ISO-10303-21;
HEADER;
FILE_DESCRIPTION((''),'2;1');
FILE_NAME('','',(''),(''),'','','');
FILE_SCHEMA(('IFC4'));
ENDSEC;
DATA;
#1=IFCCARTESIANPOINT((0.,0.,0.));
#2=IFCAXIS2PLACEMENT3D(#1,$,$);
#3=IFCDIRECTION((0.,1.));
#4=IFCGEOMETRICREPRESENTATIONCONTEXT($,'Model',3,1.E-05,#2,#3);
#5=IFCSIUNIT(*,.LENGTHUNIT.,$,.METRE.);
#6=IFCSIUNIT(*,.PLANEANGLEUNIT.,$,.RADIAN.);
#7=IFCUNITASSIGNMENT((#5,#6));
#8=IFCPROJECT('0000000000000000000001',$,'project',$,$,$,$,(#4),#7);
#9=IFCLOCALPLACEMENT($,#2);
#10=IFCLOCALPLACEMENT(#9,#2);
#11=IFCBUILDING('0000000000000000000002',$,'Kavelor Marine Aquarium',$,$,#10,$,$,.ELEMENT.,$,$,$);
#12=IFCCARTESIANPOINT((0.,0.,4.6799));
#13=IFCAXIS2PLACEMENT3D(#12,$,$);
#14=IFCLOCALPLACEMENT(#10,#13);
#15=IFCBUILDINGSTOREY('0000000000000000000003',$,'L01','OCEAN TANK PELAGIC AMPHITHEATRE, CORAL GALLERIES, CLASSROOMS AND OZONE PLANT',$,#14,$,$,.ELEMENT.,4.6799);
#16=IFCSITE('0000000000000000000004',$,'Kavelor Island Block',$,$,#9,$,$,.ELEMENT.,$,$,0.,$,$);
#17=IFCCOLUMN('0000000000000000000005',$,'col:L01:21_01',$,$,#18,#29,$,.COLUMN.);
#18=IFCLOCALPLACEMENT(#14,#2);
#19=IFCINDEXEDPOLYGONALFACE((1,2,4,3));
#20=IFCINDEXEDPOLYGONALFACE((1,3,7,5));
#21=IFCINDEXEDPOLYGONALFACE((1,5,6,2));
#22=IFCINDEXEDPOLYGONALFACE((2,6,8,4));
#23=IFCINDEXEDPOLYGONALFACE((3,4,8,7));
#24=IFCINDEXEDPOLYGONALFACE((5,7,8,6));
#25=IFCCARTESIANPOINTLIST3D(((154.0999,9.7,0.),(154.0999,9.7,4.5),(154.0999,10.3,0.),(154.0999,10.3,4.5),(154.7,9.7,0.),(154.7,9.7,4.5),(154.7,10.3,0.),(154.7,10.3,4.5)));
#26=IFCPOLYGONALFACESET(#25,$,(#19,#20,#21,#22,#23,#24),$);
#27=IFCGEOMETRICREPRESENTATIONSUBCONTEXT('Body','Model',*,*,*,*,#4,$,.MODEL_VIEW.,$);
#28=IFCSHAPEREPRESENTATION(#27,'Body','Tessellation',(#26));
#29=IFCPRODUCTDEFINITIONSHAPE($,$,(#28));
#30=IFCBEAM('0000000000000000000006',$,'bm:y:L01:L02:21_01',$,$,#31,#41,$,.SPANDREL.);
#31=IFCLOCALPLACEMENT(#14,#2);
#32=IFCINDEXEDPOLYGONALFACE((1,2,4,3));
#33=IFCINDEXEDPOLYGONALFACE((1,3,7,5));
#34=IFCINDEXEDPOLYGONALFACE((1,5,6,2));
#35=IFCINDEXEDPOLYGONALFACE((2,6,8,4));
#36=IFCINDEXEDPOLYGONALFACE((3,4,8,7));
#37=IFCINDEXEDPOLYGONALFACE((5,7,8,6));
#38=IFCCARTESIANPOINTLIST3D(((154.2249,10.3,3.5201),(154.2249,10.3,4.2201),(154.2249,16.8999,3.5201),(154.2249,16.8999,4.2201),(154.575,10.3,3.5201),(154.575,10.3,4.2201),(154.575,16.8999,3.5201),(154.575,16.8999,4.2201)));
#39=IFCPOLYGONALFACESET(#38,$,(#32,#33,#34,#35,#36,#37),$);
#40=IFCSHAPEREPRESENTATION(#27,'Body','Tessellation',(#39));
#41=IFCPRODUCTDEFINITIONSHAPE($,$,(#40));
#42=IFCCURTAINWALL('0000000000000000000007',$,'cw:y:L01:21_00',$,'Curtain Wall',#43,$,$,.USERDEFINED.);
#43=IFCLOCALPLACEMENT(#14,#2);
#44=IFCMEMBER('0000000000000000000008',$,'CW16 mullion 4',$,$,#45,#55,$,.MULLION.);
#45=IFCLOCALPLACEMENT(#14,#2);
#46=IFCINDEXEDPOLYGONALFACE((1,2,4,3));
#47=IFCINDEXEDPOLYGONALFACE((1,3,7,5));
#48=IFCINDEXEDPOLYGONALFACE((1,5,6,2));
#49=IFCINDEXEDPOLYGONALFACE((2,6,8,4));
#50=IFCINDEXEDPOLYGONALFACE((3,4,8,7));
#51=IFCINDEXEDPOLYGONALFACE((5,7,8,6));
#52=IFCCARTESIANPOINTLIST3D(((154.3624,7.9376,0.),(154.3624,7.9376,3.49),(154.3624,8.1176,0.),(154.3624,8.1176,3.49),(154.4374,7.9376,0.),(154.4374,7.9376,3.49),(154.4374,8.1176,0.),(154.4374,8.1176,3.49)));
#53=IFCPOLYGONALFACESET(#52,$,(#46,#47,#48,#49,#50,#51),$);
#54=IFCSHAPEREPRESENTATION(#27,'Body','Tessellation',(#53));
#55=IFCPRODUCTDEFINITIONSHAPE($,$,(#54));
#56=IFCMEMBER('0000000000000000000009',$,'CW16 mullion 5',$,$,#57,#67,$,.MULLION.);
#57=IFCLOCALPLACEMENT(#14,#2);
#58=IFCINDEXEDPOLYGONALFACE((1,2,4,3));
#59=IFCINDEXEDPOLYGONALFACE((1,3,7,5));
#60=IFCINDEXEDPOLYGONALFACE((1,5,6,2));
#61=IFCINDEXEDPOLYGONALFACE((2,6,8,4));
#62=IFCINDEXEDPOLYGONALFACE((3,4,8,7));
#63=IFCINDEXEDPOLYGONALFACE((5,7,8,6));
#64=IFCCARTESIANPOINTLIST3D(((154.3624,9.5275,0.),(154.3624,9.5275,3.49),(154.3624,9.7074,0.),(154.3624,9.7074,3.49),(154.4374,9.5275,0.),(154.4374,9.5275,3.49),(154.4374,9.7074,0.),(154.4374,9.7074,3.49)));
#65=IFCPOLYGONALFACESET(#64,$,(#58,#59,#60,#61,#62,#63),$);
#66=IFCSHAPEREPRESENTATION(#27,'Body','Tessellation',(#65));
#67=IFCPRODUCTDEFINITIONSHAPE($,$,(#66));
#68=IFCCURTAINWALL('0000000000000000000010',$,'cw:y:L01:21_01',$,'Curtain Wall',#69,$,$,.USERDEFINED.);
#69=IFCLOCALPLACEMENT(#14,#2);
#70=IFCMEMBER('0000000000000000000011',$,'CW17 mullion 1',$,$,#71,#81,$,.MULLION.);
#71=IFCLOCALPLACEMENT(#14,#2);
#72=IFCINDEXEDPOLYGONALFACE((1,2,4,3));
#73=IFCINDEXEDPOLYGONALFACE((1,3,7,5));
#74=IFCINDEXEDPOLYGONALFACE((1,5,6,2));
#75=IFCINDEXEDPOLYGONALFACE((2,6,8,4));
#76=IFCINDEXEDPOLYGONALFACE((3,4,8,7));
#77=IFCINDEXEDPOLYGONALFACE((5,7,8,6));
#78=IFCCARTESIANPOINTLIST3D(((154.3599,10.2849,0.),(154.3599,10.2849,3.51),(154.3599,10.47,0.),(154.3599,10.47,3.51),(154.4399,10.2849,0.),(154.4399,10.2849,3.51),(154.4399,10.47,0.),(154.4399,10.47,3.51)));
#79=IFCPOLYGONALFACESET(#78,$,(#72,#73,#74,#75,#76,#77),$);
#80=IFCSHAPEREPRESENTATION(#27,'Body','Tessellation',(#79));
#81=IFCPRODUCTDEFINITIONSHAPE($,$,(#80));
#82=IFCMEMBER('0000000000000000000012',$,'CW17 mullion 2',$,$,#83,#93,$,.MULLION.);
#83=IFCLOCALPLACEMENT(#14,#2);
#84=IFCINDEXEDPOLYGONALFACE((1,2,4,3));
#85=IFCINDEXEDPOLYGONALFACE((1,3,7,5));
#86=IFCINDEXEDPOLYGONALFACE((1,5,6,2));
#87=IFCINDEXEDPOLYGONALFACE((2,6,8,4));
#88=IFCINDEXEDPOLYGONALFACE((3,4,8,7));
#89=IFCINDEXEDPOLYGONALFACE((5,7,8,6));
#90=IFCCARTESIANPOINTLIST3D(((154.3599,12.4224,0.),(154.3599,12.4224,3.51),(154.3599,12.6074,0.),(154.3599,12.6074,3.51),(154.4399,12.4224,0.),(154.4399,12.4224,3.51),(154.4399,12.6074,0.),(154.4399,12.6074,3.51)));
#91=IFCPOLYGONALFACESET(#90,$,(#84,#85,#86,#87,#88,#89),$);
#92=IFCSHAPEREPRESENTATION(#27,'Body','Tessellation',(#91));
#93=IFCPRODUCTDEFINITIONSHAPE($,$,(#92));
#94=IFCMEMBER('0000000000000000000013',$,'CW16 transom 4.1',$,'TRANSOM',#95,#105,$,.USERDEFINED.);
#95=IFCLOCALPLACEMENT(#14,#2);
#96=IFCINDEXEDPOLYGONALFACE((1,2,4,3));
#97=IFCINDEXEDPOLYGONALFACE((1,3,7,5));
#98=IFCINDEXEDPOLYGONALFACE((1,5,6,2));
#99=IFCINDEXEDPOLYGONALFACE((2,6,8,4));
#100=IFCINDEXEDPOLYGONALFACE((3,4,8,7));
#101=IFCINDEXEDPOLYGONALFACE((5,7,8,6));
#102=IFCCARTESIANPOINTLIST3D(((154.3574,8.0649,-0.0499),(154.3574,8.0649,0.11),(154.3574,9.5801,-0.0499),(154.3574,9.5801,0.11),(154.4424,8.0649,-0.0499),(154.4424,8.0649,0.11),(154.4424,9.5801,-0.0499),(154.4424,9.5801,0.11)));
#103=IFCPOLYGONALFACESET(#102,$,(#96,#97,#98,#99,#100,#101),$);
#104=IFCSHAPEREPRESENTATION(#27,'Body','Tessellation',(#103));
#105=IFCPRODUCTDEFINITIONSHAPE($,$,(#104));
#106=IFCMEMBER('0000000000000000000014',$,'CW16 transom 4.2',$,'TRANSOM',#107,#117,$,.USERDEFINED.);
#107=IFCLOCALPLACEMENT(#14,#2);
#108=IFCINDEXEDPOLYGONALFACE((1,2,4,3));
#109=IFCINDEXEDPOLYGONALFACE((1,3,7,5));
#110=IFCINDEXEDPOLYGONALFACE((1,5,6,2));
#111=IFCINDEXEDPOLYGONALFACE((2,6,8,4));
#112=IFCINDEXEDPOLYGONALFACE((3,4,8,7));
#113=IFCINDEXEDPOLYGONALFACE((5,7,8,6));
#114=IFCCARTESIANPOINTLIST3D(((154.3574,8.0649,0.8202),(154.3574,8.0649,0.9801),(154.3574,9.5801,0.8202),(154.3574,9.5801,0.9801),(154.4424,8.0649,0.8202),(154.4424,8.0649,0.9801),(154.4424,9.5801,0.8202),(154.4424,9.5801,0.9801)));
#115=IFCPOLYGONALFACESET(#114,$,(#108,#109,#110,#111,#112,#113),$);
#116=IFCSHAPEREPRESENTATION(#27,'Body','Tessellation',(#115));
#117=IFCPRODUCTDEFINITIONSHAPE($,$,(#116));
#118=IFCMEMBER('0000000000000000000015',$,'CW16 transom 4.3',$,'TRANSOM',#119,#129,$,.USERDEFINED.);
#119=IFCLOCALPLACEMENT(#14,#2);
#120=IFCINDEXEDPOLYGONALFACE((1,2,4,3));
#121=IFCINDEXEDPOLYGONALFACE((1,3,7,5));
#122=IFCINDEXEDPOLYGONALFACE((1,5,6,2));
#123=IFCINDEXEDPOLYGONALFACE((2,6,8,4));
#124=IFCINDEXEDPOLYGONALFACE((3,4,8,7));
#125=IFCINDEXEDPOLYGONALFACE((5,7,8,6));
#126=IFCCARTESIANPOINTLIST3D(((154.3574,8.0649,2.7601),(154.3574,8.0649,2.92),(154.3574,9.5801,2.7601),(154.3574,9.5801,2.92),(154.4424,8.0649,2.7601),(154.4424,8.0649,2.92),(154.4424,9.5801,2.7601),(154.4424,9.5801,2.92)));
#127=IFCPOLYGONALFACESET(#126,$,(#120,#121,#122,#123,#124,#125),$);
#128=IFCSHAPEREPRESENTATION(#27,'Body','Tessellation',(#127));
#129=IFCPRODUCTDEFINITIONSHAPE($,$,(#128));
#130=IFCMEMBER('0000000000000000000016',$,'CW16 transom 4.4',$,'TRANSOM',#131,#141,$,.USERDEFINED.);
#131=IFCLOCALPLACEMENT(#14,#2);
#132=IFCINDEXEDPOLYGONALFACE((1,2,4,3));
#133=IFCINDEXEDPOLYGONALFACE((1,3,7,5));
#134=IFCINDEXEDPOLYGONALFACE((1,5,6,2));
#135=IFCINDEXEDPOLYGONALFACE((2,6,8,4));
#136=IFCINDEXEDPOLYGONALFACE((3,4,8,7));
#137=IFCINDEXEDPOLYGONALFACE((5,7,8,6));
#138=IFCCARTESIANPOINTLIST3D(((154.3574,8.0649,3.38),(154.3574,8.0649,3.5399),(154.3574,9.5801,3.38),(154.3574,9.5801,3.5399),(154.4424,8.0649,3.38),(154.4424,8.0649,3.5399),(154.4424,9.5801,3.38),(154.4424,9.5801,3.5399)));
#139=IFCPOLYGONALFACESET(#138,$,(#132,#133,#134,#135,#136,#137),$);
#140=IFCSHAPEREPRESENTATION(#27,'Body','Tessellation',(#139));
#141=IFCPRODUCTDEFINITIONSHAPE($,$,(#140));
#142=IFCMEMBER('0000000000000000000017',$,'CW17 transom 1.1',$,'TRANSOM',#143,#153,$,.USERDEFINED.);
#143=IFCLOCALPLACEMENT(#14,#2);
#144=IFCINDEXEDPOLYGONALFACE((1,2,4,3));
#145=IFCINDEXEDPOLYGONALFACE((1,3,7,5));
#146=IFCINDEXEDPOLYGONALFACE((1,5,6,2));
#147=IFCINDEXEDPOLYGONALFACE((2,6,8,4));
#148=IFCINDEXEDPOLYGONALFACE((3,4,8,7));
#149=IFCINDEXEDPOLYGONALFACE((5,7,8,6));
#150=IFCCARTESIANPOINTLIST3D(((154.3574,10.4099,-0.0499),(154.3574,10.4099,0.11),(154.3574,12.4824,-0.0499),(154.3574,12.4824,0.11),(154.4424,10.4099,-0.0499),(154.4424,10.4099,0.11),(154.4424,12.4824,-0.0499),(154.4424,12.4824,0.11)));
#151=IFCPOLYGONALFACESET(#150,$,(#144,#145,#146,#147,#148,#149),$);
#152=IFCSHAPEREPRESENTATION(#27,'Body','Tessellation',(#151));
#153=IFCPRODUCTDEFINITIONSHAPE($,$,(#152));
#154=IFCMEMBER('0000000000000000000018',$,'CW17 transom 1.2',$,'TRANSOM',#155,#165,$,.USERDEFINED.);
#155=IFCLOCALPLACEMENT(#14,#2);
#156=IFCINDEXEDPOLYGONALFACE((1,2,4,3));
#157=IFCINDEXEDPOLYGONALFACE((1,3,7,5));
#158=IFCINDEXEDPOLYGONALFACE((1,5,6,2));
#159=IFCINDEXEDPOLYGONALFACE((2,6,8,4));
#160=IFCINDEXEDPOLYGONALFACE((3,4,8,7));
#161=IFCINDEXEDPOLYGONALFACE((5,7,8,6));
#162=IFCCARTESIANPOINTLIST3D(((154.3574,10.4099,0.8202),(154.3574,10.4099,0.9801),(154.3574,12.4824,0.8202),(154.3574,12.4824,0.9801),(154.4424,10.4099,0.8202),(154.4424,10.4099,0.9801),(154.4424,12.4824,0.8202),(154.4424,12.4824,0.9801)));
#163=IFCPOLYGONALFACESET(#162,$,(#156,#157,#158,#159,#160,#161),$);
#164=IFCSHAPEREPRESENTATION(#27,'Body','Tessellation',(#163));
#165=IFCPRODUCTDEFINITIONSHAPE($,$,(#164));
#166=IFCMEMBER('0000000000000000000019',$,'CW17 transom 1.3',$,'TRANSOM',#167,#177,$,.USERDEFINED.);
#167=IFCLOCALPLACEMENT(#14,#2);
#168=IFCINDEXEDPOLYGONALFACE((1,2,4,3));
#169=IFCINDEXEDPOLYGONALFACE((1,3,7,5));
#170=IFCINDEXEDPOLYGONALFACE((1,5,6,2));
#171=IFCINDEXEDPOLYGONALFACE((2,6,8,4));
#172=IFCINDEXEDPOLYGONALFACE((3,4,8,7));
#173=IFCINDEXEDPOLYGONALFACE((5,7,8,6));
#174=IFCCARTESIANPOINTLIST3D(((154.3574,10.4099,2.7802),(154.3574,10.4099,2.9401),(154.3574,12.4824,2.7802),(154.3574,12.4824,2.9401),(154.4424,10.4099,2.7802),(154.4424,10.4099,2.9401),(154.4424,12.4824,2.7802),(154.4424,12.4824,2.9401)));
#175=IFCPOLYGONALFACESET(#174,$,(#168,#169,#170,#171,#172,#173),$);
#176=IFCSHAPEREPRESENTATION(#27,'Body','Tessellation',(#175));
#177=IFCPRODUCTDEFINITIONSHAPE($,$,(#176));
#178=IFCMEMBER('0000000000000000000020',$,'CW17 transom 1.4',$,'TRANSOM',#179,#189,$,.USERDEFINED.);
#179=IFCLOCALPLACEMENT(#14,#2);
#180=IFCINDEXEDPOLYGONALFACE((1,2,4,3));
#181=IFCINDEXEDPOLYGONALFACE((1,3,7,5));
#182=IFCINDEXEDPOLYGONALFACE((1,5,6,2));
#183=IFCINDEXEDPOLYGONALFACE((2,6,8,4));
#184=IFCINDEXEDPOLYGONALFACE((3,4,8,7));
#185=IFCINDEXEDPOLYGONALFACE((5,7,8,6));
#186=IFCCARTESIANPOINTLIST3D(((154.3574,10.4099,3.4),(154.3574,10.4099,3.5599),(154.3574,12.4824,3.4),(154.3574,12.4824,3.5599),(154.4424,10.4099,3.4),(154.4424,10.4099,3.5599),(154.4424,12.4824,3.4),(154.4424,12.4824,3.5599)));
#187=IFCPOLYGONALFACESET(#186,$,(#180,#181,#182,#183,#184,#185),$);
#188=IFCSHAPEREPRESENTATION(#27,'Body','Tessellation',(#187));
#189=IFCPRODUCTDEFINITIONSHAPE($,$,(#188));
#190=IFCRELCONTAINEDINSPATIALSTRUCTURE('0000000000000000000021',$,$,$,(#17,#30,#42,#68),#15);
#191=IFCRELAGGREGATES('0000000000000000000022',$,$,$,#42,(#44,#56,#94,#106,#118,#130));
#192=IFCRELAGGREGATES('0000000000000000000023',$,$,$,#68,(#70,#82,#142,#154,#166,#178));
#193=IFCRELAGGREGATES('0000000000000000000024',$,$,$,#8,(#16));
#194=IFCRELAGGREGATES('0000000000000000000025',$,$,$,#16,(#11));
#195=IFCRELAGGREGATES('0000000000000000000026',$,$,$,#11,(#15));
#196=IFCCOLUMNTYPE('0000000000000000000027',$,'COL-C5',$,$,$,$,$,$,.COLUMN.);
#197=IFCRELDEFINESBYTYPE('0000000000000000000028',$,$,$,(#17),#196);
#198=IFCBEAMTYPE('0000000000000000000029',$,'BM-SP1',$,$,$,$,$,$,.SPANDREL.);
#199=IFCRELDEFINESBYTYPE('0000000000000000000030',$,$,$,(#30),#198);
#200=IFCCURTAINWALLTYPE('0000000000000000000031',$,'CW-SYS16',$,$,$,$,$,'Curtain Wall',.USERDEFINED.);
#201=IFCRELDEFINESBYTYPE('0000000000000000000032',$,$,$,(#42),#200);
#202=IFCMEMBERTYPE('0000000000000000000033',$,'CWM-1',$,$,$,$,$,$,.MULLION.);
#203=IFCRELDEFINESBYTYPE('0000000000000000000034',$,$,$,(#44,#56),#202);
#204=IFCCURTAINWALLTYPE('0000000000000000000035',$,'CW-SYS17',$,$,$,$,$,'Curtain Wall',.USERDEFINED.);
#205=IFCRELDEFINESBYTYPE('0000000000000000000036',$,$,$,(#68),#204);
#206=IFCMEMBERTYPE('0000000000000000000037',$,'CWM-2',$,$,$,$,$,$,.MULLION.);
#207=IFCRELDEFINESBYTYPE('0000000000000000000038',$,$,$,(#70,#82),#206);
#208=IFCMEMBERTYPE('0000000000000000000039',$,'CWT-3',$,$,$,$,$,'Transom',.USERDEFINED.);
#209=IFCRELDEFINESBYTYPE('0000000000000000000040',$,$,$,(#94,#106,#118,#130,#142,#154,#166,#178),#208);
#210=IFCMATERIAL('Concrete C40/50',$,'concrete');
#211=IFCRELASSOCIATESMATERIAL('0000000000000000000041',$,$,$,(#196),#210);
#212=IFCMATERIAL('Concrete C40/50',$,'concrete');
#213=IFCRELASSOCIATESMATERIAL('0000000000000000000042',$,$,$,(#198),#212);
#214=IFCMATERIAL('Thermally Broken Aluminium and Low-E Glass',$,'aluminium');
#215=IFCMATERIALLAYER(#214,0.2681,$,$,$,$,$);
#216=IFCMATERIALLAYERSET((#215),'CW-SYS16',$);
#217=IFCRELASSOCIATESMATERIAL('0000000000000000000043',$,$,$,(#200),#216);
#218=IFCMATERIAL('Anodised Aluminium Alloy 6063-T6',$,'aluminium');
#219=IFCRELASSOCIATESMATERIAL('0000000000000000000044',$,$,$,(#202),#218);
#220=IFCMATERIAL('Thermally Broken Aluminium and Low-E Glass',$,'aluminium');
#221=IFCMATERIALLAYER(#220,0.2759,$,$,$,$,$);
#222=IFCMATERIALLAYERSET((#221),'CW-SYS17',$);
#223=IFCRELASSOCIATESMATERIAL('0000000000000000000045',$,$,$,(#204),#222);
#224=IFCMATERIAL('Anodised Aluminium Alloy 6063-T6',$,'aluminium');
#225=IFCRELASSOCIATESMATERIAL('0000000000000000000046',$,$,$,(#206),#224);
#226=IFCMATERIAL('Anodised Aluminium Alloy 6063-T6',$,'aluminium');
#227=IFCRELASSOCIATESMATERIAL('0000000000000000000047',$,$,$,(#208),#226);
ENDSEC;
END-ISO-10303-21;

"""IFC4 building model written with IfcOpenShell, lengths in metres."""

from ifc_helpers import new_model, si_unit, direction, frame, origin, origin_2d, place, context, subcontext, project, spatial, rectangle, extrude, material, layer, layer_set, material_profile, profile_set, type_object, element, aggregate, save


model = new_model("IFC4")

# Units and contexts
model_context = context("Model", 3, precision=1e-05, world=origin(), true_north=direction((0.0, 1.0)))
body_context = subcontext(model_context, "Body", "Model", "MODEL_VIEW")
ifc_project = project(units=[si_unit("LENGTHUNIT", "METRE"), si_unit("PLANEANGLEUNIT", "RADIAN")], contexts=[model_context])

# Site, building, storey
site_placement = place(None, origin())
site = spatial("IfcSite", under=ifc_project, at=site_placement, Name="Kavelor Island Block", CompositionType="ELEMENT", RefElevation=0.0)
building_placement = place(site_placement, origin())
building = spatial("IfcBuilding", under=site, at=building_placement, Name="Kavelor Marine Aquarium", CompositionType="ELEMENT")
storey_placement = place(building_placement, frame((0.0, 0.0, 4.6799)))
storey = spatial("IfcBuildingStorey", under=building, at=storey_placement, Name="L01", Description="OCEAN TANK PELAGIC AMPHITHEATRE, CORAL GALLERIES, CLASSROOMS AND OZONE PLANT", CompositionType="ELEMENT", Elevation=4.6799)

# Column
ifc_material_1 = material(Name="Concrete C40/50", Category="concrete")
ifc_material_profile_1 = material_profile(ifc_material_1, rectangle(XDim=0.6001, YDim=0.6001, at=origin_2d()), Name="RC-COL 600x600")
ifc_profile_set_1 = profile_set([ifc_material_profile_1], Name="Concrete C40/50")
column_type = type_object("IfcColumnType", Name="COL-C5", PredefinedType="COLUMN", material=ifc_profile_set_1)
column_placement = place(storey_placement, frame((154.3999, 10.0, 0.0), z_axis=(0.0, 0.0, 1.0), x_axis=(1.0, 0.0, 0.0)))
element("IfcColumn", 1, at=column_placement, inside=storey, type_object=column_type, Name="col:L01:21_01", PredefinedType="COLUMN", context=body_context, shape_type="SweptSolid", body=[
    extrude(rectangle(XDim=0.6001, YDim=0.6001, at=origin_2d()), origin(), (0.0, 0.0, 1.0), 4.5),
])

# Beam
ifc_material_2 = material(Name="Concrete C40/50", Category="concrete")
ifc_material_profile_2 = material_profile(ifc_material_2, rectangle(XDim=0.3501, YDim=0.7, at=origin_2d()), Name="RC-SP 350x700")
ifc_profile_set_2 = profile_set([ifc_material_profile_2], Name="Concrete C40/50")
beam_type = type_object("IfcBeamType", Name="BM-SP1", PredefinedType="SPANDREL", material=ifc_profile_set_2)
beam_placement = place(storey_placement, frame((154.3999, 10.3, 3.8701), z_axis=(0.0, 1.0, 0.0), x_axis=(-1.0, 0.0, 0.0)))
element("IfcBeam", 2, at=beam_placement, inside=storey, type_object=beam_type, Name="bm:y:L01:L02:21_01", PredefinedType="SPANDREL", context=body_context, shape_type="SweptSolid", body=[
    extrude(rectangle(XDim=0.3501, YDim=0.7, at=origin_2d()), origin(), (0.0, 0.0, 1.0), 6.5999),
])

# Curtain walls, members
ifc_material_3 = material(Name="Thermally Broken Aluminium and Low-E Glass", Category="aluminium")
ifc_layer_1 = layer(ifc_material_3, 0.2681)
ifc_layer_set_1 = layer_set([ifc_layer_1], Name="CW-SYS16")
curtain_wall_type_1 = type_object("IfcCurtainWallType", Name="CW-SYS16", ElementType="Curtain Wall", PredefinedType="USERDEFINED", material=ifc_layer_set_1)
curtain_wall_1_placement = place(storey_placement, origin())
curtain_wall_1 = element("IfcCurtainWall", 3, at=curtain_wall_1_placement, inside=storey, type_object=curtain_wall_type_1, Name="cw:y:L01:21_00", ObjectType="Curtain Wall", PredefinedType="USERDEFINED")
ifc_material_4 = material(Name="Anodised Aluminium Alloy 6063-T6", Category="aluminium")
ifc_material_profile_3 = material_profile(ifc_material_4, rectangle(XDim=0.075, YDim=0.1799, at=origin_2d()), Name="CW-MUL 75x180")
ifc_profile_set_3 = profile_set([ifc_material_profile_3], Name="Anodised Aluminium Alloy 6063-T6")
member_type_1 = type_object("IfcMemberType", Name="CWM-1", PredefinedType="MULLION", material=ifc_profile_set_3)
member_1_placement = place(storey_placement, frame((154.3999, 8.0276, 0.0), z_axis=(0.0, 0.0, 1.0), x_axis=(-1.0, 0.0, 0.0)))
member_1 = element("IfcMember", 4, at=member_1_placement, type_object=member_type_1, Name="CW16 mullion 4", PredefinedType="MULLION", context=body_context, shape_type="SweptSolid", body=[
    extrude(rectangle(XDim=0.075, YDim=0.1799, at=origin_2d()), origin(), (0.0, 0.0, 1.0), 3.49),
])
member_2_placement = place(storey_placement, frame((154.3999, 9.6174, 0.0), z_axis=(0.0, 0.0, 1.0), x_axis=(-1.0, 0.0, 0.0)))
member_2 = element("IfcMember", 5, at=member_2_placement, type_object=member_type_1, Name="CW16 mullion 5", PredefinedType="MULLION", context=body_context, shape_type="SweptSolid", body=[
    extrude(rectangle(XDim=0.075, YDim=0.1799, at=origin_2d()), origin(), (0.0, 0.0, 1.0), 3.49),
])
ifc_material_5 = material(Name="Thermally Broken Aluminium and Low-E Glass", Category="aluminium")
ifc_layer_2 = layer(ifc_material_5, 0.2759)
ifc_layer_set_2 = layer_set([ifc_layer_2], Name="CW-SYS17")
curtain_wall_type_2 = type_object("IfcCurtainWallType", Name="CW-SYS17", ElementType="Curtain Wall", PredefinedType="USERDEFINED", material=ifc_layer_set_2)
curtain_wall_2_placement = place(storey_placement, origin())
curtain_wall_2 = element("IfcCurtainWall", 6, at=curtain_wall_2_placement, inside=storey, type_object=curtain_wall_type_2, Name="cw:y:L01:21_01", ObjectType="Curtain Wall", PredefinedType="USERDEFINED")
ifc_material_6 = material(Name="Anodised Aluminium Alloy 6063-T6", Category="aluminium")
ifc_material_profile_4 = material_profile(ifc_material_6, rectangle(XDim=0.0801, YDim=0.1851, at=origin_2d()), Name="CW-MUL 80x185")
ifc_profile_set_4 = profile_set([ifc_material_profile_4], Name="Anodised Aluminium Alloy 6063-T6")
member_type_2 = type_object("IfcMemberType", Name="CWM-2", PredefinedType="MULLION", material=ifc_profile_set_4)
member_3_placement = place(storey_placement, frame((154.3999, 10.3774, 0.0), z_axis=(0.0, 0.0, 1.0), x_axis=(-1.0, 0.0, 0.0)))
member_3 = element("IfcMember", 7, at=member_3_placement, type_object=member_type_2, Name="CW17 mullion 1", PredefinedType="MULLION", context=body_context, shape_type="SweptSolid", body=[
    extrude(rectangle(XDim=0.0801, YDim=0.1851, at=origin_2d()), origin(), (0.0, 0.0, 1.0), 3.51),
])
member_4_placement = place(storey_placement, frame((154.3999, 12.5149, 0.0), z_axis=(0.0, 0.0, 1.0), x_axis=(-1.0, 0.0, 0.0)))
member_4 = element("IfcMember", 8, at=member_4_placement, type_object=member_type_2, Name="CW17 mullion 2", PredefinedType="MULLION", context=body_context, shape_type="SweptSolid", body=[
    extrude(rectangle(XDim=0.0801, YDim=0.1851, at=origin_2d()), origin(), (0.0, 0.0, 1.0), 3.51),
])

# Members
ifc_material_7 = material(Name="Anodised Aluminium Alloy 6063-T6", Category="aluminium")
ifc_material_profile_5 = material_profile(ifc_material_7, rectangle(XDim=0.085, YDim=0.1599, at=origin_2d()), Name="CW-TRN 85x160")
ifc_profile_set_5 = profile_set([ifc_material_profile_5], Name="Anodised Aluminium Alloy 6063-T6")
member_type_3 = type_object("IfcMemberType", Name="CWT-3", ElementType="Transom", PredefinedType="USERDEFINED", material=ifc_profile_set_5)
member_5_placement = place(storey_placement, frame((154.3999, 8.0649, 0.03), z_axis=(0.0, 1.0, 0.0), x_axis=(-1.0, 0.0, 0.0)))
member_5 = element("IfcMember", 9, at=member_5_placement, type_object=member_type_3, Name="CW16 transom 4.1", ObjectType="TRANSOM", PredefinedType="USERDEFINED", context=body_context, shape_type="SweptSolid", body=[
    extrude(rectangle(XDim=0.085, YDim=0.1599, at=origin_2d()), origin(), (0.0, 0.0, 1.0), 1.5151),
])
member_6_placement = place(storey_placement, frame((154.3999, 8.0649, 0.9001), z_axis=(0.0, 1.0, 0.0), x_axis=(-1.0, 0.0, 0.0)))
member_6 = element("IfcMember", 10, at=member_6_placement, type_object=member_type_3, Name="CW16 transom 4.2", ObjectType="TRANSOM", PredefinedType="USERDEFINED", context=body_context, shape_type="SweptSolid", body=[
    extrude(rectangle(XDim=0.085, YDim=0.1599, at=origin_2d()), origin(), (0.0, 0.0, 1.0), 1.5151),
])
member_7_placement = place(storey_placement, frame((154.3999, 8.0649, 2.8401), z_axis=(0.0, 1.0, 0.0), x_axis=(-1.0, 0.0, 0.0)))
member_7 = element("IfcMember", 11, at=member_7_placement, type_object=member_type_3, Name="CW16 transom 4.3", ObjectType="TRANSOM", PredefinedType="USERDEFINED", context=body_context, shape_type="SweptSolid", body=[
    extrude(rectangle(XDim=0.085, YDim=0.1599, at=origin_2d()), origin(), (0.0, 0.0, 1.0), 1.5151),
])
member_8_placement = place(storey_placement, frame((154.3999, 8.0649, 3.46), z_axis=(0.0, 1.0, 0.0), x_axis=(-1.0, 0.0, 0.0)))
member_8 = element("IfcMember", 12, at=member_8_placement, type_object=member_type_3, Name="CW16 transom 4.4", ObjectType="TRANSOM", PredefinedType="USERDEFINED", context=body_context, shape_type="SweptSolid", body=[
    extrude(rectangle(XDim=0.085, YDim=0.1599, at=origin_2d()), origin(), (0.0, 0.0, 1.0), 1.5151),
])
member_9_placement = place(storey_placement, frame((154.3999, 10.4099, 0.03), z_axis=(0.0, 1.0, 0.0), x_axis=(-1.0, 0.0, 0.0)))
member_9 = element("IfcMember", 13, at=member_9_placement, type_object=member_type_3, Name="CW17 transom 1.1", ObjectType="TRANSOM", PredefinedType="USERDEFINED", context=body_context, shape_type="SweptSolid", body=[
    extrude(rectangle(XDim=0.085, YDim=0.1599, at=origin_2d()), origin(), (0.0, 0.0, 1.0), 2.0725),
])
member_10_placement = place(storey_placement, frame((154.3999, 10.4099, 0.9001), z_axis=(0.0, 1.0, 0.0), x_axis=(-1.0, 0.0, 0.0)))
member_10 = element("IfcMember", 14, at=member_10_placement, type_object=member_type_3, Name="CW17 transom 1.2", ObjectType="TRANSOM", PredefinedType="USERDEFINED", context=body_context, shape_type="SweptSolid", body=[
    extrude(rectangle(XDim=0.085, YDim=0.1599, at=origin_2d()), origin(), (0.0, 0.0, 1.0), 2.0725),
])
member_11_placement = place(storey_placement, frame((154.3999, 10.4099, 2.8601), z_axis=(0.0, 1.0, 0.0), x_axis=(-1.0, 0.0, 0.0)))
member_11 = element("IfcMember", 15, at=member_11_placement, type_object=member_type_3, Name="CW17 transom 1.3", ObjectType="TRANSOM", PredefinedType="USERDEFINED", context=body_context, shape_type="SweptSolid", body=[
    extrude(rectangle(XDim=0.085, YDim=0.1599, at=origin_2d()), origin(), (0.0, 0.0, 1.0), 2.0725),
])
member_12_placement = place(storey_placement, frame((154.3999, 10.4099, 3.48), z_axis=(0.0, 1.0, 0.0), x_axis=(-1.0, 0.0, 0.0)))
member_12 = element("IfcMember", 16, at=member_12_placement, type_object=member_type_3, Name="CW17 transom 1.4", ObjectType="TRANSOM", PredefinedType="USERDEFINED", context=body_context, shape_type="SweptSolid", body=[
    extrude(rectangle(XDim=0.085, YDim=0.1599, at=origin_2d()), origin(), (0.0, 0.0, 1.0), 2.0725),
])

aggregate(curtain_wall_1, [member_1, member_2, member_5, member_6, member_7, member_8])
aggregate(curtain_wall_2, [member_3, member_4, member_9, member_10, member_11, member_12])

save(model, "model.ifc")
